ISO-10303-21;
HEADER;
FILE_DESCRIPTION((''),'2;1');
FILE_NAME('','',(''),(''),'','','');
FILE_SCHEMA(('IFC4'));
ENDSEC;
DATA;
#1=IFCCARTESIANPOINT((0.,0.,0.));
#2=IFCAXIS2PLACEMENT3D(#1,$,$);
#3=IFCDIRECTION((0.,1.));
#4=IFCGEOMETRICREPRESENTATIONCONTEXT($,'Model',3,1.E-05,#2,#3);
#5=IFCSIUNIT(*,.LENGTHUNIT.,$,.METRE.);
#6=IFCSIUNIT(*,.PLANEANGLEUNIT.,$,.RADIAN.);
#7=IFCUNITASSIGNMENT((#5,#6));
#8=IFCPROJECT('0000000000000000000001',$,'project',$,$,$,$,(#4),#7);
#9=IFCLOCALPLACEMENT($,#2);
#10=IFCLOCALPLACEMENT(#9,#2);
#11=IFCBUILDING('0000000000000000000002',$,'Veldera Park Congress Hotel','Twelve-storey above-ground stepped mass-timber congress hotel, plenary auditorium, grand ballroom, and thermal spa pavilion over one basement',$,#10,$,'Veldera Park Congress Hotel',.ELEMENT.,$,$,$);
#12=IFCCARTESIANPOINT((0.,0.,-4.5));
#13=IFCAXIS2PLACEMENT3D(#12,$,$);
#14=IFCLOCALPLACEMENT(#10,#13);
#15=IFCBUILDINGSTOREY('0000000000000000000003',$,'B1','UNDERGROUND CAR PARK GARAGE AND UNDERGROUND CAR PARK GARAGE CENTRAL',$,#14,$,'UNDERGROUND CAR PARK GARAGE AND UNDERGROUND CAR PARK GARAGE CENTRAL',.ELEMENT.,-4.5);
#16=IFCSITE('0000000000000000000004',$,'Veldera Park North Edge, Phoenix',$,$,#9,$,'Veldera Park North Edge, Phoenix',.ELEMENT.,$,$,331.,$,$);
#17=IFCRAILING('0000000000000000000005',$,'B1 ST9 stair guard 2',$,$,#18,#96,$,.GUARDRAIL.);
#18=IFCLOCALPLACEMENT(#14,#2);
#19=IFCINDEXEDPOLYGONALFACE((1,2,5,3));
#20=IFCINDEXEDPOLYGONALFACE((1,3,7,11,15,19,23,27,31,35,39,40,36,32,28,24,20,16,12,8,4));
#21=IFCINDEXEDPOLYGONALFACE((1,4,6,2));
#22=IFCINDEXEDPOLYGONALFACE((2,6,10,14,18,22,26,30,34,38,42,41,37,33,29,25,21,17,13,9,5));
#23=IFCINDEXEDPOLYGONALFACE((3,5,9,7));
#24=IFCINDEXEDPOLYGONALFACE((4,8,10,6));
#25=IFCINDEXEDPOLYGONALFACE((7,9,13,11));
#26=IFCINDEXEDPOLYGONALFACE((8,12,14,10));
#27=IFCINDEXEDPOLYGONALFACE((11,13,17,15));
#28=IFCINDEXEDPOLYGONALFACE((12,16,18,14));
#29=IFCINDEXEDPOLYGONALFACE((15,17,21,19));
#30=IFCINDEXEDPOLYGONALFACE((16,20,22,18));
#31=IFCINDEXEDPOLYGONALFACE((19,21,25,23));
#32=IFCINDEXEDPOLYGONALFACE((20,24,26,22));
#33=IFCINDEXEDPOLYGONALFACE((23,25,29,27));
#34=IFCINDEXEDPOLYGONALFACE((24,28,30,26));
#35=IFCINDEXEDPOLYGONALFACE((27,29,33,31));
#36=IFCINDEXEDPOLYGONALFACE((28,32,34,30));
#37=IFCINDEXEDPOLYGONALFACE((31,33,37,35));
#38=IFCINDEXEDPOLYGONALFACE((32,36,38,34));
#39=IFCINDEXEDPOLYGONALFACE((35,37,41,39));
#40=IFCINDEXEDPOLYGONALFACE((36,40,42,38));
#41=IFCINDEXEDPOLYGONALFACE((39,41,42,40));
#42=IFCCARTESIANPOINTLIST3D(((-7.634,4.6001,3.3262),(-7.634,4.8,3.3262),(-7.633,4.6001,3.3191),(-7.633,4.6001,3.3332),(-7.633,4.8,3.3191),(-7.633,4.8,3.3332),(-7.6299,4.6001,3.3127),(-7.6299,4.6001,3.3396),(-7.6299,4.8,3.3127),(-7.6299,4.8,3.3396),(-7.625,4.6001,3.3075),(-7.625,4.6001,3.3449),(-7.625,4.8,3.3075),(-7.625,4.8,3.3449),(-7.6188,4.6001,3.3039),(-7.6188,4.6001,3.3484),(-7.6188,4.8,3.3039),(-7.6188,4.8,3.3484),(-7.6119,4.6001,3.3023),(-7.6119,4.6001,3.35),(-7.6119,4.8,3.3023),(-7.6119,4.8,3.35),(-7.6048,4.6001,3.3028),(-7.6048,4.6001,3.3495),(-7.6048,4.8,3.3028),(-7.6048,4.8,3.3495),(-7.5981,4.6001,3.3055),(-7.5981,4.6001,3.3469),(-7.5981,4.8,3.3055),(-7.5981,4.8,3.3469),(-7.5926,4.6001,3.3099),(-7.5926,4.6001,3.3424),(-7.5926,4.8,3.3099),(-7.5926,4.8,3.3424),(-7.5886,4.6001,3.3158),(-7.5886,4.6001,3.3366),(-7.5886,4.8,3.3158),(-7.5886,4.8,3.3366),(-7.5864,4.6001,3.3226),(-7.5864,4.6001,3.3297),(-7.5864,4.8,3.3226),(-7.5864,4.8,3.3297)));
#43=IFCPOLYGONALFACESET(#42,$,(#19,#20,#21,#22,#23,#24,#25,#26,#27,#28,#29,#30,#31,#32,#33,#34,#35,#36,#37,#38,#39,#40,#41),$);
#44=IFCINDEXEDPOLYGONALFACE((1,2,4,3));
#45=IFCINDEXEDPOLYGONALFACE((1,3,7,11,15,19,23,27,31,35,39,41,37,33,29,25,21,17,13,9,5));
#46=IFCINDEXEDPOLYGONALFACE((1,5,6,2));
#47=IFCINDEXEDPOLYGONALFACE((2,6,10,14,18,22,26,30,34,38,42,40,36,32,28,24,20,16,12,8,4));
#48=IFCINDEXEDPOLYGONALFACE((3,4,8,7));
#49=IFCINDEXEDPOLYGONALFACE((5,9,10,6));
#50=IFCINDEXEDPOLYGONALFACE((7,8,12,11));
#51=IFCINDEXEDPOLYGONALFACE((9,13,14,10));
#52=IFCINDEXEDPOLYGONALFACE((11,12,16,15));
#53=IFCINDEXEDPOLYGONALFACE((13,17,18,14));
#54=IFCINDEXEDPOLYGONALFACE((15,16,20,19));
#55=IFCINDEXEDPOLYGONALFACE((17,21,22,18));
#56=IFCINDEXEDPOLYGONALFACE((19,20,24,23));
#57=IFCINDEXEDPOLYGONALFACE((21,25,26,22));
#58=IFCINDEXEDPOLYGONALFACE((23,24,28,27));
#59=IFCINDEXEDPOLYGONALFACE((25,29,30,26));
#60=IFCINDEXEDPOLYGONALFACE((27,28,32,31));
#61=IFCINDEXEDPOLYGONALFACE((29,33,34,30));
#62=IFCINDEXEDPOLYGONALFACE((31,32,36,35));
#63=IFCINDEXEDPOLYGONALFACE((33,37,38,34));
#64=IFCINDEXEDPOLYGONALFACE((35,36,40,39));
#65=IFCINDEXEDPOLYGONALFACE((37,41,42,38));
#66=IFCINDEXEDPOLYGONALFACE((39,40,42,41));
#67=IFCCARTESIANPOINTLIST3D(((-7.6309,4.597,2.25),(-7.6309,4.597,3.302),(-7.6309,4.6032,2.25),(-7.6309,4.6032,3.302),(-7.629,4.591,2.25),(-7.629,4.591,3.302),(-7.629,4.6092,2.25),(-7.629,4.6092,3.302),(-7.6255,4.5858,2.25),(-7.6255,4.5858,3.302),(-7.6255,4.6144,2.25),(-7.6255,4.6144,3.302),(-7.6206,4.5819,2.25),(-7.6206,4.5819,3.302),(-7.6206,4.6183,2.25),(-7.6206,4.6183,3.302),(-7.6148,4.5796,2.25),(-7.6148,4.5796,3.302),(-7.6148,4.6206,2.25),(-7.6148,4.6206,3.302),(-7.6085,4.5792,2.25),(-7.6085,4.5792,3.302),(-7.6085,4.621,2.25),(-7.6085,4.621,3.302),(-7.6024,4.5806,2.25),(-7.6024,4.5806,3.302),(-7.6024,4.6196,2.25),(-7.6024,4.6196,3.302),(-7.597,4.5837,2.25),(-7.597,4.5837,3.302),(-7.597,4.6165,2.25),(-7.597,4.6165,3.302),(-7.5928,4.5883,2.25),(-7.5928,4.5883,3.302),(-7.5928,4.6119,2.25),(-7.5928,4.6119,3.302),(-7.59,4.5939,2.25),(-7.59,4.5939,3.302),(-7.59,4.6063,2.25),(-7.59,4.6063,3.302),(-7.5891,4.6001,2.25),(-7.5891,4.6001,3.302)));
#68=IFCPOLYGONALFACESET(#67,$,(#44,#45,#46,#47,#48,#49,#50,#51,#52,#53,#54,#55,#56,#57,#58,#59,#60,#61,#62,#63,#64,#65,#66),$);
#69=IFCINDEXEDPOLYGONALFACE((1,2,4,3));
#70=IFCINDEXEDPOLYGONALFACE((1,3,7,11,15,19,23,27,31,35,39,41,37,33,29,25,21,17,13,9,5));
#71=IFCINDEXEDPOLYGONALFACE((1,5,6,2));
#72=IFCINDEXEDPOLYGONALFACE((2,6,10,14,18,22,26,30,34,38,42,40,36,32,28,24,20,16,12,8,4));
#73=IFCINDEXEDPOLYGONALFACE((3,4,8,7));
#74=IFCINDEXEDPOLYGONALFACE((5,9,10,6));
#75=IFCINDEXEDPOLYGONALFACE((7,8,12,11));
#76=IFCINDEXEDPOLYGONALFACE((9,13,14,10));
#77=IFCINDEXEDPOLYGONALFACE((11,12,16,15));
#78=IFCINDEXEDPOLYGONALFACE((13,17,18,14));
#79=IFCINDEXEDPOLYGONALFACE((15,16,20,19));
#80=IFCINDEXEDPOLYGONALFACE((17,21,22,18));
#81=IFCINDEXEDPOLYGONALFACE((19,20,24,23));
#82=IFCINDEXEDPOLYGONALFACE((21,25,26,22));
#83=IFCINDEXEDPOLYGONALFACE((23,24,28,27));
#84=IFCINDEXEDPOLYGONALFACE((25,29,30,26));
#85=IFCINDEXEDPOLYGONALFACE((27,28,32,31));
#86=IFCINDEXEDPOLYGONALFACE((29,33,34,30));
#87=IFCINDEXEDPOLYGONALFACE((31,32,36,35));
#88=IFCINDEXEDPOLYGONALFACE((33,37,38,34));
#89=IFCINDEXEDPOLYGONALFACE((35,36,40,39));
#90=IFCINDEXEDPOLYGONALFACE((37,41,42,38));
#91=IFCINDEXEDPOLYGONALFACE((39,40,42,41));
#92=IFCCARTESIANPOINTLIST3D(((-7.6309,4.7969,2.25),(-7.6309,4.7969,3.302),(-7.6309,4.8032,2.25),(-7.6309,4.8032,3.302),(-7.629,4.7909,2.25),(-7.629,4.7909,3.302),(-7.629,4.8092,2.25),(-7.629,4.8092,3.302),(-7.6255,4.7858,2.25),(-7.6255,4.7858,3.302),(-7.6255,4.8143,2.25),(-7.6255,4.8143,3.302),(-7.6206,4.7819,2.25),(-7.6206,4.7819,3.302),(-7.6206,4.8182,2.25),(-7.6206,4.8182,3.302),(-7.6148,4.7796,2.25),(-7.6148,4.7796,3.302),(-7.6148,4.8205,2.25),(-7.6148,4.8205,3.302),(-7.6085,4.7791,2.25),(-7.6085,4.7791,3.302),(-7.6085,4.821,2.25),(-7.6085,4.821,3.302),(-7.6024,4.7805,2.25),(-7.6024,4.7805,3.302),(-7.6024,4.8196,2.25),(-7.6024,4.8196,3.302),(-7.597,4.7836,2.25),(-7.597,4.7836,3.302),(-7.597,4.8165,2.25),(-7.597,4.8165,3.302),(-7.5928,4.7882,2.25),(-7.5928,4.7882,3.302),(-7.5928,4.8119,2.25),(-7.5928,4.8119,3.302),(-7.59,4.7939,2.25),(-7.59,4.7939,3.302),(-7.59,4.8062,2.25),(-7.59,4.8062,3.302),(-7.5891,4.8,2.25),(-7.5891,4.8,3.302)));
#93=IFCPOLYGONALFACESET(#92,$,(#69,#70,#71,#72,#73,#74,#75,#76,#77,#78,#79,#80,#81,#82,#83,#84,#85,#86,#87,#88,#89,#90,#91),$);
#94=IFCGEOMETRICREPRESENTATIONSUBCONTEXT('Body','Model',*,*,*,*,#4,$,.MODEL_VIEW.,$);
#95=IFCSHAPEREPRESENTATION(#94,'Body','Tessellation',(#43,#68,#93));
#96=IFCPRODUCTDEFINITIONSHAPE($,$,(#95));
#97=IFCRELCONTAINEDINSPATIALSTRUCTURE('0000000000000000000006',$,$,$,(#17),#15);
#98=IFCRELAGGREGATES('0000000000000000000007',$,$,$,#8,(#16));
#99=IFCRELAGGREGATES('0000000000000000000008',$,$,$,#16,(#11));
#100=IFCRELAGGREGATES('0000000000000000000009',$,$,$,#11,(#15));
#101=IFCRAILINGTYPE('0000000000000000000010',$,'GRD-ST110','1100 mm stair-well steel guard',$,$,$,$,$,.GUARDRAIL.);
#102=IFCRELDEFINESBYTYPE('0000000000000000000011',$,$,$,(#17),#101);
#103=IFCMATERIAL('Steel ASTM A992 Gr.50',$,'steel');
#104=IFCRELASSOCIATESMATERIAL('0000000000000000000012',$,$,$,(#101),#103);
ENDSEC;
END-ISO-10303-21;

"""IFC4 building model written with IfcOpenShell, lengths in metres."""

from ifc_helpers import new_model, si_unit, direction, frame, origin, origin_2d, place, context, subcontext, project, spatial, circle, extrude, material, type_object, element, save


model = new_model("IFC4")

# Units and contexts
model_context = context("Model", 3, precision=1e-05, world=origin(), true_north=direction((0.0, 1.0)))
body_context = subcontext(model_context, "Body", "Model", "MODEL_VIEW")
ifc_project = project(units=[si_unit("LENGTHUNIT", "METRE"), si_unit("PLANEANGLEUNIT", "RADIAN")], contexts=[model_context])

# Site, building, storey
site_placement = place(None, origin())
site = spatial("IfcSite", under=ifc_project, at=site_placement, Name="Veldera Park North Edge, Phoenix", LongName="Veldera Park North Edge, Phoenix", CompositionType="ELEMENT", RefElevation=331.0)
building_placement = place(site_placement, origin())
building = spatial("IfcBuilding", under=site, at=building_placement, Name="Veldera Park Congress Hotel", Description="Twelve-storey above-ground stepped mass-timber congress hotel, plenary auditorium, grand ballroom, and thermal spa pavilion over one basement", LongName="Veldera Park Congress Hotel", CompositionType="ELEMENT")
storey_placement = place(building_placement, frame((0.0, 0.0, -4.5)))
storey = spatial("IfcBuildingStorey", under=building, at=storey_placement, Name="B1", Description="UNDERGROUND CAR PARK GARAGE AND UNDERGROUND CAR PARK GARAGE CENTRAL", LongName="UNDERGROUND CAR PARK GARAGE AND UNDERGROUND CAR PARK GARAGE CENTRAL", CompositionType="ELEMENT", Elevation=-4.5)

# Railing
ifc_material_1 = material(Name="Steel ASTM A992 Gr.50", Category="steel")
railing_type_1 = type_object("IfcRailingType", Name="GRD-ST110", Description="1100 mm stair-well steel guard", PredefinedType="GUARDRAIL", material=ifc_material_1)
railing_1_placement = place(storey_placement, frame((-7.6101, 4.6001, 2.25)))
element("IfcRailing", 1, at=railing_1_placement, inside=storey, type_object=railing_type_1, Name="B1 ST9 stair guard 2", PredefinedType="GUARDRAIL", context=body_context, shape_type="SweptSolid", body=[
    extrude(circle(Radius=0.0239, at=origin_2d()), frame((0.0, 0.0, 1.0762), z_axis=(0.0, 1.0, 0.0), x_axis=(-1.0, 0.0, 0.0)), (0.0, 0.0, 1.0), 0.2),
    extrude(circle(Radius=0.021, at=origin_2d()), origin(), (0.0, 0.0, 1.0), 1.052),
    extrude(circle(Radius=0.021, at=origin_2d()), frame((0.0, 0.2, 0.0)), (0.0, 0.0, 1.0), 1.052),
])

save(model, "model.ifc")
